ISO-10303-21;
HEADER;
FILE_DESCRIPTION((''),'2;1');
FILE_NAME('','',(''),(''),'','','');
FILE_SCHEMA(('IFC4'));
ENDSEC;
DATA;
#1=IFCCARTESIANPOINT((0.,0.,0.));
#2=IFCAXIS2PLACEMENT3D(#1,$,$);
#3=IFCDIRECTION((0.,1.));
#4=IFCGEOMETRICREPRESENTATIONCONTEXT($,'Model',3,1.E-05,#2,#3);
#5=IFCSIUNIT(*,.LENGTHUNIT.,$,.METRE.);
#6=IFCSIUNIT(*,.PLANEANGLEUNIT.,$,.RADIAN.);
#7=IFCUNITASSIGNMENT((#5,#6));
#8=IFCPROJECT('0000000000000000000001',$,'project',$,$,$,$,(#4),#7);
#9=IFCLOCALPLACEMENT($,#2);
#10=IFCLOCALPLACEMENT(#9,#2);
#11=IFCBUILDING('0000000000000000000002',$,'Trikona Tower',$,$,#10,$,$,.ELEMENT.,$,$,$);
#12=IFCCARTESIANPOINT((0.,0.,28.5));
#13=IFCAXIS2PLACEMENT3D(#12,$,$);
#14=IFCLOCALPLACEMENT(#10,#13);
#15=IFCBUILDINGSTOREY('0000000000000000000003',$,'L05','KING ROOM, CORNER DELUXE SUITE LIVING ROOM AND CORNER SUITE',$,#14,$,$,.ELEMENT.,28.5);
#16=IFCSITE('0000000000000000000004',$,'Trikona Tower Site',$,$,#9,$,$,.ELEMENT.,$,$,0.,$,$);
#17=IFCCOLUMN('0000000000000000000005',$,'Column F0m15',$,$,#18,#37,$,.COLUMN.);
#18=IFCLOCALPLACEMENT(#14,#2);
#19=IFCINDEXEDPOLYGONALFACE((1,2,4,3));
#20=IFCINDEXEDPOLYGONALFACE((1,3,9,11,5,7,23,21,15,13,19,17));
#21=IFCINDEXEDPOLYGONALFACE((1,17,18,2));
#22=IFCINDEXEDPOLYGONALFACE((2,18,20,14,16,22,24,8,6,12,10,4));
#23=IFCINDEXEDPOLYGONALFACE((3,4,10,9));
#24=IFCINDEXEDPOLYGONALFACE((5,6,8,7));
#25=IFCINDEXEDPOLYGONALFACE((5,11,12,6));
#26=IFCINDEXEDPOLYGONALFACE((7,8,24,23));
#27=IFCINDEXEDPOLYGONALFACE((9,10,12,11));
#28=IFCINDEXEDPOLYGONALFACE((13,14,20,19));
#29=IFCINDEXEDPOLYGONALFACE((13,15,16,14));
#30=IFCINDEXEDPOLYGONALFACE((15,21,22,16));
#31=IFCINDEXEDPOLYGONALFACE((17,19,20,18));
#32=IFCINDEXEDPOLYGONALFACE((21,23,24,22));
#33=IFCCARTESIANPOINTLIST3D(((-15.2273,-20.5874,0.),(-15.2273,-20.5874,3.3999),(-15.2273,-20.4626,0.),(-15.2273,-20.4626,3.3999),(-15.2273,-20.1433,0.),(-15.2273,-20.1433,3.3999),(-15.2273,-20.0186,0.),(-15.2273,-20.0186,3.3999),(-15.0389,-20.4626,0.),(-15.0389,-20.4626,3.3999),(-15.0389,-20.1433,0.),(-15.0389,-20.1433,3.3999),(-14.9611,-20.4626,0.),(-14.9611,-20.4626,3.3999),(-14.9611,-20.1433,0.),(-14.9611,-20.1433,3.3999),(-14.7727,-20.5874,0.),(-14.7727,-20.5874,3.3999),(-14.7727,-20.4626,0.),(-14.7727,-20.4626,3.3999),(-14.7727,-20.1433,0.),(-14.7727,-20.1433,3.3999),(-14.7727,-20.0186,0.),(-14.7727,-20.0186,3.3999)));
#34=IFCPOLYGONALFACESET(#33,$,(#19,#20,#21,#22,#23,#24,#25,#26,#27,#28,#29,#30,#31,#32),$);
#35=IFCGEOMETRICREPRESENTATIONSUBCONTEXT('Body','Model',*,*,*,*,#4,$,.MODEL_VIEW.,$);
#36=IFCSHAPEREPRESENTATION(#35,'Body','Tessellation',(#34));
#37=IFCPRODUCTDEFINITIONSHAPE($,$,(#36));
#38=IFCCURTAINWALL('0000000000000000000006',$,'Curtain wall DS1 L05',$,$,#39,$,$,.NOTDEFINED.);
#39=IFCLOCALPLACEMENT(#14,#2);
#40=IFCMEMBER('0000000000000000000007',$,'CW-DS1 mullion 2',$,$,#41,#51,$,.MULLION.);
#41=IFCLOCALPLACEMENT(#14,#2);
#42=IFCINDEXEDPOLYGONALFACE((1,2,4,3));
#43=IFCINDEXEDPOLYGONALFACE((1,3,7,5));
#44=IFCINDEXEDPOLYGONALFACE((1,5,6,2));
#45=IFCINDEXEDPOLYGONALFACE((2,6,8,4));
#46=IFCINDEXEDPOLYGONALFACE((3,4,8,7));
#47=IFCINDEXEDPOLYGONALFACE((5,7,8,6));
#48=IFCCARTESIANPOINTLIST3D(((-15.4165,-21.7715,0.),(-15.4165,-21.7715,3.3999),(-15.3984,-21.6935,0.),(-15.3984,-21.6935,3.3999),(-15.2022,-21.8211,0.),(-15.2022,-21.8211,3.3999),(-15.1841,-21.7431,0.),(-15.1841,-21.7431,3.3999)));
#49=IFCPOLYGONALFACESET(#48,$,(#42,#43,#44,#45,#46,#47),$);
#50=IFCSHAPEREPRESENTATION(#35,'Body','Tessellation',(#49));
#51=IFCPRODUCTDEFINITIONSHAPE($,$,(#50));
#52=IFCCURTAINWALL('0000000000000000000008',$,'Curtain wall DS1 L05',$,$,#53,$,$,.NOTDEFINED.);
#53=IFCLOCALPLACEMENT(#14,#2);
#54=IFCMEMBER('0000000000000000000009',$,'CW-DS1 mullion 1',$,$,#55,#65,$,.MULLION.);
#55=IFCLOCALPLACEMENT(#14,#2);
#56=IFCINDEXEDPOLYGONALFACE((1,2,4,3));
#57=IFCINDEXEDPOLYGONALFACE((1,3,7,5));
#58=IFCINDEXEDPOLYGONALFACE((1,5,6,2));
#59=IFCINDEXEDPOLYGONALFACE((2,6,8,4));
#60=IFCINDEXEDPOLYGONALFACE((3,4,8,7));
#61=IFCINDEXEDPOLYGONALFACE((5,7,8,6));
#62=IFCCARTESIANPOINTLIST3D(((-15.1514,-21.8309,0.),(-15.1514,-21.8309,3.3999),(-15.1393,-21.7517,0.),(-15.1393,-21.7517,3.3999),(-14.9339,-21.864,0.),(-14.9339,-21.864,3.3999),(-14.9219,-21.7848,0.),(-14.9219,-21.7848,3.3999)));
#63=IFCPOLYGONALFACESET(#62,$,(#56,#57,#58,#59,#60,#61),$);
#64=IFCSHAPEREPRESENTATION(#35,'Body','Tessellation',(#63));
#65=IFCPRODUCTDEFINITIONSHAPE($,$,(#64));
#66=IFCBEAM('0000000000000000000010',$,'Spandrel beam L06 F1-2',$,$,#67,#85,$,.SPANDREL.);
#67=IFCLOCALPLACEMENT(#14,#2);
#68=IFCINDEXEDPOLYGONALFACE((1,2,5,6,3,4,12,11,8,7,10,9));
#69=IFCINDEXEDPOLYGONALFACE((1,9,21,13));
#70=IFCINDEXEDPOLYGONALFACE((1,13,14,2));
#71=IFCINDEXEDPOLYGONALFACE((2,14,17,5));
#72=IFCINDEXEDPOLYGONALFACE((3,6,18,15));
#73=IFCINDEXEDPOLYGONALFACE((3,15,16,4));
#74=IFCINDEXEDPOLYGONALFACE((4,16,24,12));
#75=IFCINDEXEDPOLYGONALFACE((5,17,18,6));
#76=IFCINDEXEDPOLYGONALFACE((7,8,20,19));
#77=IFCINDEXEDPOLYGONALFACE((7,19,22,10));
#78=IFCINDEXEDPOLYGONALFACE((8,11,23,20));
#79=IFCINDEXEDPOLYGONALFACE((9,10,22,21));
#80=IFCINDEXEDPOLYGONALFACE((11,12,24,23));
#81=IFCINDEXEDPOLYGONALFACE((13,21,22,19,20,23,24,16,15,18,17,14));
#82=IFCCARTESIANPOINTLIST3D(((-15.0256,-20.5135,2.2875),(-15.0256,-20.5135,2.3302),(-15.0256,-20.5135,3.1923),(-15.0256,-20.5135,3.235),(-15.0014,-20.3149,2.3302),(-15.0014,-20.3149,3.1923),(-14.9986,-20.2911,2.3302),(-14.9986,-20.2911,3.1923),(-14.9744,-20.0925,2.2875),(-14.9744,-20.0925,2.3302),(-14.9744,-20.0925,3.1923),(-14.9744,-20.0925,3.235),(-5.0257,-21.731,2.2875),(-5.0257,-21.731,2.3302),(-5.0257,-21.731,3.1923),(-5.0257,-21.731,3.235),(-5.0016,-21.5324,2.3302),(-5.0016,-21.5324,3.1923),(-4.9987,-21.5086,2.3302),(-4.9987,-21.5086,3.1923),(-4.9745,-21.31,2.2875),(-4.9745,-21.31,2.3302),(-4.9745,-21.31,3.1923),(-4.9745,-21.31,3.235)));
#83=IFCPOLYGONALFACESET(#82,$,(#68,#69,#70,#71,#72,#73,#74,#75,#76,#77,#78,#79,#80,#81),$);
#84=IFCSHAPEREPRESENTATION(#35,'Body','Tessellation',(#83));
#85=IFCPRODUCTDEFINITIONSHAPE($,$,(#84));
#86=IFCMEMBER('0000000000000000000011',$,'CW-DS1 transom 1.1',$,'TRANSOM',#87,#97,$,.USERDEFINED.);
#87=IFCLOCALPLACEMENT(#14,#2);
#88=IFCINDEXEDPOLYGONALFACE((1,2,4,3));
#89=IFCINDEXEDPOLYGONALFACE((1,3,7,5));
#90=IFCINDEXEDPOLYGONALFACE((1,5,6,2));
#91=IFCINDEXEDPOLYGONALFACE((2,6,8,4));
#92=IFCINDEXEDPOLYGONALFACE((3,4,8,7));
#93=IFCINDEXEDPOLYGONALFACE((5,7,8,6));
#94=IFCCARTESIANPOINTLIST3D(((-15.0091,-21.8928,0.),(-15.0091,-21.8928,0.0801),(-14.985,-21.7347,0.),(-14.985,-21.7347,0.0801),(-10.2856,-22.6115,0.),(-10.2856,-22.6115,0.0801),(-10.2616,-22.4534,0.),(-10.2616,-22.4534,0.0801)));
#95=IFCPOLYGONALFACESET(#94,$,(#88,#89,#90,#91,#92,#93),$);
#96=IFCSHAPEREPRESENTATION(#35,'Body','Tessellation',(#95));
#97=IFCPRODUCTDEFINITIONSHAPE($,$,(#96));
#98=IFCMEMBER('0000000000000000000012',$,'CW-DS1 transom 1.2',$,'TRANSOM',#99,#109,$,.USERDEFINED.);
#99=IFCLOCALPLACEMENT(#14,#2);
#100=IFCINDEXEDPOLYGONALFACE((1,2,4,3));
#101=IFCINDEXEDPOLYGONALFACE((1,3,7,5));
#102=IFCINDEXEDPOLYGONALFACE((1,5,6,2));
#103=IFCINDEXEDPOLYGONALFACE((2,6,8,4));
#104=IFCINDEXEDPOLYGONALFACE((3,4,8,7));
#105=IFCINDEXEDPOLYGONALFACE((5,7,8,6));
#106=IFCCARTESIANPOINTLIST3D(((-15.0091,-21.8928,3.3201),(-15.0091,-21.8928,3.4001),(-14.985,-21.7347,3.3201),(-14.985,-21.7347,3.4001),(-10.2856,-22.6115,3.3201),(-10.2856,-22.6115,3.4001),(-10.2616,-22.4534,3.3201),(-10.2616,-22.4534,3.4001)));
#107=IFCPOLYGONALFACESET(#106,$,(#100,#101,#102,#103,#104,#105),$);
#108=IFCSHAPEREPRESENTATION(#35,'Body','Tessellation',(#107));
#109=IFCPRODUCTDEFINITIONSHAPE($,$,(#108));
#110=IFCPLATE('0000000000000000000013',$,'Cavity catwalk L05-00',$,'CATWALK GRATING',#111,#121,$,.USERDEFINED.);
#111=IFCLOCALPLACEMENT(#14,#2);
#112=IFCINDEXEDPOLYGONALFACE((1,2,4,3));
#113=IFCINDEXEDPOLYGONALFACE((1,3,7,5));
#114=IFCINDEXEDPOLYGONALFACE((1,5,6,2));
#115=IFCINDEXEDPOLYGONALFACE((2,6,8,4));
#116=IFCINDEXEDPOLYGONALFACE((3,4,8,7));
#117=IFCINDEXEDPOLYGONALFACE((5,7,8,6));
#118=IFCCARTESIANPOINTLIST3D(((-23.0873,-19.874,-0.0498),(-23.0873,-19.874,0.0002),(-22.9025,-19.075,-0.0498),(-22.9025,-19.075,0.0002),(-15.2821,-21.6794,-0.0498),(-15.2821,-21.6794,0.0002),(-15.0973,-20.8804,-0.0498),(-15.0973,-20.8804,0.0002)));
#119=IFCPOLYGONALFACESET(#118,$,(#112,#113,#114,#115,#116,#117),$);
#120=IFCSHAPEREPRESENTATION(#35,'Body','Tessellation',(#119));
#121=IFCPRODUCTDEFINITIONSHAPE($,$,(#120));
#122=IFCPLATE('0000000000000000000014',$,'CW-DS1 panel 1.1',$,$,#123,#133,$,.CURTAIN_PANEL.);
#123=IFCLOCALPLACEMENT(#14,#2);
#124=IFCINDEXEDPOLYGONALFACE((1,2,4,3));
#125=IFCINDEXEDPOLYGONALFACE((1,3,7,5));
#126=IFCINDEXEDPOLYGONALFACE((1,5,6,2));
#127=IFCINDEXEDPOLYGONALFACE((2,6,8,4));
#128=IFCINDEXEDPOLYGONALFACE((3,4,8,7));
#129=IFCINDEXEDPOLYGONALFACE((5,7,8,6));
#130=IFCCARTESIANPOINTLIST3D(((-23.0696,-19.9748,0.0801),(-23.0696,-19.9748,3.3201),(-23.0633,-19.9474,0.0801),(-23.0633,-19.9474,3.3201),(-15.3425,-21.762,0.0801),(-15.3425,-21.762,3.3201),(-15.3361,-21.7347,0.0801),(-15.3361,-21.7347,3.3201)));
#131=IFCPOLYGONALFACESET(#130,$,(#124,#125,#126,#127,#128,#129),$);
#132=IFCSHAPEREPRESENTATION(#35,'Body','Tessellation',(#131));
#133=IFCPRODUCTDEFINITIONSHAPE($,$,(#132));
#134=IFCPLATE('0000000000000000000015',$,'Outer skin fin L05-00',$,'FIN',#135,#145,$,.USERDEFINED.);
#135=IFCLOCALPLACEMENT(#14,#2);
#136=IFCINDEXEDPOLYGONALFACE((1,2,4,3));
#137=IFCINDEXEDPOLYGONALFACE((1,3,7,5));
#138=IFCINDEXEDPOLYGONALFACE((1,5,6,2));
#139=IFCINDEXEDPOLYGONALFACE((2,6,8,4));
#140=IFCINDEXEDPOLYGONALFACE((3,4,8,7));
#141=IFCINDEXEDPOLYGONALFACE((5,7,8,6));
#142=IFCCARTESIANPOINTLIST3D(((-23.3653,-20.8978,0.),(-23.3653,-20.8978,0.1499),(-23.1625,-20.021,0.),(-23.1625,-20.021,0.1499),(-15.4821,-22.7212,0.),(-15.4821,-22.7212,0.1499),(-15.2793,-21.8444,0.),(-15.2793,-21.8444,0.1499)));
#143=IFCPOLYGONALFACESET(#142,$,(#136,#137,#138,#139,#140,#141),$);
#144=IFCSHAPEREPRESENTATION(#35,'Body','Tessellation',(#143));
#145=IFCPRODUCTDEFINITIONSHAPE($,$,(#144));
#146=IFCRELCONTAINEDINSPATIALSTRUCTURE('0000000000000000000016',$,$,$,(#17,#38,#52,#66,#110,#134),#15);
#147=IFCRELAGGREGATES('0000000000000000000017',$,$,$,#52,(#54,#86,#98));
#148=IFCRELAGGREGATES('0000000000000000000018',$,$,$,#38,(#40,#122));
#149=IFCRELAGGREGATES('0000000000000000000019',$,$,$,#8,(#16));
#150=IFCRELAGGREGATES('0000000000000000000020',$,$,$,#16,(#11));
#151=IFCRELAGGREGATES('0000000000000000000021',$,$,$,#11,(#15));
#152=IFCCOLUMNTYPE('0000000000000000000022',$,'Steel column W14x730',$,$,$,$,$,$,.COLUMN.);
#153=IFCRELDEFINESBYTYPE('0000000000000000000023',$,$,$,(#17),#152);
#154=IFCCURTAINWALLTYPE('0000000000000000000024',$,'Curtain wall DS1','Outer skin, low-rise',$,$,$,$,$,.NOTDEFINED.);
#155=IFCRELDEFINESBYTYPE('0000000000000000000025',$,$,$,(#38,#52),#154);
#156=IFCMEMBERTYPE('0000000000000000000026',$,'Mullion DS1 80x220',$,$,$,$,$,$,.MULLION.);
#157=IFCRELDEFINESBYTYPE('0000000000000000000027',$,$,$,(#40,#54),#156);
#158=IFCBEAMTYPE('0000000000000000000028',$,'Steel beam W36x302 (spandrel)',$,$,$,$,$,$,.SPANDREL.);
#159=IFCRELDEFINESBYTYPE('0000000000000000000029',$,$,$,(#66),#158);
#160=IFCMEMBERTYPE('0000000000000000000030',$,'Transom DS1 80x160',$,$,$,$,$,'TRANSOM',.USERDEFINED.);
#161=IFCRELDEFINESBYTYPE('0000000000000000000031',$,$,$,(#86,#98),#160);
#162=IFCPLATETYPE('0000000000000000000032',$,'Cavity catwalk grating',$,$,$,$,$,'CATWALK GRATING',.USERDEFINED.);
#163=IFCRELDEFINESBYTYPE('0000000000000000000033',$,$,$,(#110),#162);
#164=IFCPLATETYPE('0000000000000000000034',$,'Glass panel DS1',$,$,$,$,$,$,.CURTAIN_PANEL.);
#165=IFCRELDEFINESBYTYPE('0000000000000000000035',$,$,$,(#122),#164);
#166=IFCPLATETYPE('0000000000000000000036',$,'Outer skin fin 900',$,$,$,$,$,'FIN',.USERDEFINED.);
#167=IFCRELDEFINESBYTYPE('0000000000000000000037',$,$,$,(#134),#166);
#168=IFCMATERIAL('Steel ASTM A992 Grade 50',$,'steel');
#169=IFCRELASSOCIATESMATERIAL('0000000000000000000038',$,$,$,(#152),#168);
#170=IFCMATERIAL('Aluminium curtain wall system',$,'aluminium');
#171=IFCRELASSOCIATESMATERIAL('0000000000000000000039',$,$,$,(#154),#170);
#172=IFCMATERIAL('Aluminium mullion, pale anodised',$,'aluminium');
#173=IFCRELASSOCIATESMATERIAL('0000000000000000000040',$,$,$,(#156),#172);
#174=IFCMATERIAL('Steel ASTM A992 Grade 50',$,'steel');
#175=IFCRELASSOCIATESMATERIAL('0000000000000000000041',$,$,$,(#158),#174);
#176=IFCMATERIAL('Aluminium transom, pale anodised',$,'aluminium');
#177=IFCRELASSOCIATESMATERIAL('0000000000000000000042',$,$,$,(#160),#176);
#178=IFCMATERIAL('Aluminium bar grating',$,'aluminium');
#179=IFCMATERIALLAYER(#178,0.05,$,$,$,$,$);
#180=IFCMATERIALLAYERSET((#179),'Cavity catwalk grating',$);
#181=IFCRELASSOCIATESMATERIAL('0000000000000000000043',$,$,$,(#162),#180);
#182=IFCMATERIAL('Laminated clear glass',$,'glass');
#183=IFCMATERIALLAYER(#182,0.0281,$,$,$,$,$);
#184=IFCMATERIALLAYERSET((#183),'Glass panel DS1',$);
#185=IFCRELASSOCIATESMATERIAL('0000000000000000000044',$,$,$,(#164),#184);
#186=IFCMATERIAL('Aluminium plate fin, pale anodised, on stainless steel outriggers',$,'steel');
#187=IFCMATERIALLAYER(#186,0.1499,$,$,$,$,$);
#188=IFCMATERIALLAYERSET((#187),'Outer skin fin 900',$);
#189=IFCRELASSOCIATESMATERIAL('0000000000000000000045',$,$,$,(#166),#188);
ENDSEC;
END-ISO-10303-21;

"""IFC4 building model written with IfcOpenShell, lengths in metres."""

from ifc_helpers import new_model, si_unit, direction, frame, origin, origin_2d, place, context, subcontext, project, spatial, rectangle, i_section, extrude, material, layer, layer_set, material_profile, profile_set, type_object, element, aggregate, save


model = new_model("IFC4")

# Units and contexts
model_context = context("Model", 3, precision=1e-05, world=origin(), true_north=direction((0.0, 1.0)))
body_context = subcontext(model_context, "Body", "Model", "MODEL_VIEW")
ifc_project = project(units=[si_unit("LENGTHUNIT", "METRE"), si_unit("PLANEANGLEUNIT", "RADIAN")], contexts=[model_context])

# Site, building, storey
site_placement = place(None, origin())
site = spatial("IfcSite", under=ifc_project, at=site_placement, Name="Trikona Tower Site", CompositionType="ELEMENT", RefElevation=0.0)
building_placement = place(site_placement, origin())
building = spatial("IfcBuilding", under=site, at=building_placement, Name="Trikona Tower", CompositionType="ELEMENT")
storey_placement = place(building_placement, frame((0.0, 0.0, 28.5)))
storey = spatial("IfcBuildingStorey", under=building, at=storey_placement, Name="L05", Description="KING ROOM, CORNER DELUXE SUITE LIVING ROOM AND CORNER SUITE", CompositionType="ELEMENT", Elevation=28.5)

# Column
ifc_material_1 = material(Name="Steel ASTM A992 Grade 50", Category="steel")
ifc_material_profile_1 = material_profile(ifc_material_1, i_section(OverallWidth=0.4546, OverallDepth=0.5688, WebThickness=0.0779, FlangeThickness=0.1248, at=origin_2d()), Name="W14X730")
ifc_profile_set_1 = profile_set([ifc_material_profile_1], Name="Steel ASTM A992 Grade 50")
column_type = type_object("IfcColumnType", Name="Steel column W14x730", PredefinedType="COLUMN", material=ifc_profile_set_1)
column_placement = place(storey_placement, frame((-15.0, -20.303, 0.0), z_axis=(0.0, 0.0, 1.0), x_axis=(1.0, 0.0, 0.0)))
element("IfcColumn", 1, at=column_placement, inside=storey, type_object=column_type, Name="Column F0m15", PredefinedType="COLUMN", context=body_context, shape_type="SweptSolid", body=[
    extrude(i_section(OverallWidth=0.4546, OverallDepth=0.5688, WebThickness=0.0779, FlangeThickness=0.1248, at=origin_2d()), origin(), (0.0, 0.0, 1.0), 3.3999),
])

# Curtain walls, members
ifc_material_2 = material(Name="Aluminium curtain wall system", Category="aluminium")
curtain_wall_type = type_object("IfcCurtainWallType", Name="Curtain wall DS1", Description="Outer skin, low-rise", PredefinedType="NOTDEFINED", material=ifc_material_2)
curtain_wall_1_placement = place(storey_placement, origin())
curtain_wall_1 = element("IfcCurtainWall", 2, at=curtain_wall_1_placement, inside=storey, type_object=curtain_wall_type, Name="Curtain wall DS1 L05", PredefinedType="NOTDEFINED")
ifc_material_3 = material(Name="Aluminium mullion, pale anodised", Category="aluminium")
ifc_material_profile_2 = material_profile(ifc_material_3, rectangle(XDim=0.0801, YDim=0.22, at=origin_2d()), Name="MUL-DS1")
ifc_profile_set_2 = profile_set([ifc_material_profile_2], Name="Aluminium mullion, pale anodised")
member_type_1 = type_object("IfcMemberType", Name="Mullion DS1 80x220", PredefinedType="MULLION", material=ifc_profile_set_2)
member_1_placement = place(storey_placement, frame((-15.3003, -21.7573, 0.0), z_axis=(0.0, 0.0, 1.0), x_axis=(0.225343, 0.974279, 0.0)))
member_1 = element("IfcMember", 3, at=member_1_placement, type_object=member_type_1, Name="CW-DS1 mullion 2", PredefinedType="MULLION", context=body_context, shape_type="SweptSolid", body=[
    extrude(rectangle(XDim=0.0801, YDim=0.22, at=origin_2d()), origin(), (0.0, 0.0, 1.0), 3.3999),
])
curtain_wall_2_placement = place(storey_placement, origin())
curtain_wall_2 = element("IfcCurtainWall", 4, at=curtain_wall_2_placement, inside=storey, type_object=curtain_wall_type, Name="Curtain wall DS1 L05", PredefinedType="NOTDEFINED")
member_2_placement = place(storey_placement, frame((-15.0366, -21.8079, 0.0), z_axis=(0.0, 0.0, 1.0), x_axis=(0.150438, 0.988619, 0.0)))
member_2 = element("IfcMember", 5, at=member_2_placement, type_object=member_type_1, Name="CW-DS1 mullion 1", PredefinedType="MULLION", context=body_context, shape_type="SweptSolid", body=[
    extrude(rectangle(XDim=0.0801, YDim=0.22, at=origin_2d()), origin(), (0.0, 0.0, 1.0), 3.3999),
])

# Beam
ifc_material_4 = material(Name="Steel ASTM A992 Grade 50", Category="steel")
ifc_material_profile_3 = material_profile(ifc_material_4, i_section(OverallWidth=0.4241, OverallDepth=0.9475, WebThickness=0.0239, FlangeThickness=0.0427, at=origin_2d()), Name="W36X302")
ifc_profile_set_3 = profile_set([ifc_material_profile_3], Name="Steel ASTM A992 Grade 50")
beam_type = type_object("IfcBeamType", Name="Steel beam W36x302 (spandrel)", PredefinedType="SPANDREL", material=ifc_profile_set_3)
beam_placement = place(storey_placement, frame((-15.0, -20.303, 2.7612), z_axis=(0.99267, -0.12086, 0.0), x_axis=(0.12086, 0.99267, 0.0)))
element("IfcBeam", 6, at=beam_placement, inside=storey, type_object=beam_type, Name="Spandrel beam L06 F1-2", PredefinedType="SPANDREL", context=body_context, shape_type="SweptSolid", body=[
    extrude(i_section(OverallWidth=0.4241, OverallDepth=0.9475, WebThickness=0.0239, FlangeThickness=0.0427, at=origin_2d()), origin(), (0.0, 0.0, 1.0), 10.0737),
])

# Members
ifc_material_5 = material(Name="Aluminium transom, pale anodised", Category="aluminium")
ifc_material_profile_4 = material_profile(ifc_material_5, rectangle(XDim=0.1599, YDim=0.0801, at=origin_2d()), Name="TRN-DS1")
ifc_profile_set_4 = profile_set([ifc_material_profile_4], Name="Aluminium transom, pale anodised")
member_type_2 = type_object("IfcMemberType", Name="Transom DS1 80x160", ElementType="TRANSOM", PredefinedType="USERDEFINED", material=ifc_profile_set_4)
member_3_placement = place(storey_placement, frame((-14.9971, -21.8137, 0.04), z_axis=(0.98862, -0.150437, 0.0), x_axis=(0.150437, 0.98862, 0.0)))
member_3 = element("IfcMember", 7, at=member_3_placement, type_object=member_type_2, Name="CW-DS1 transom 1.1", ObjectType="TRANSOM", PredefinedType="USERDEFINED", context=body_context, shape_type="SweptSolid", body=[
    extrude(rectangle(XDim=0.1599, YDim=0.0801, at=origin_2d()), origin(), (0.0, 0.0, 1.0), 4.7778),
])
member_4_placement = place(storey_placement, frame((-14.9971, -21.8137, 3.3601), z_axis=(0.98862, -0.150437, 0.0), x_axis=(0.150437, 0.98862, 0.0)))
member_4 = element("IfcMember", 8, at=member_4_placement, type_object=member_type_2, Name="CW-DS1 transom 1.2", ObjectType="TRANSOM", PredefinedType="USERDEFINED", context=body_context, shape_type="SweptSolid", body=[
    extrude(rectangle(XDim=0.1599, YDim=0.0801, at=origin_2d()), origin(), (0.0, 0.0, 1.0), 4.7778),
])
aggregate(curtain_wall_2, [member_2, member_3, member_4])

# Plates
ifc_material_6 = material(Name="Aluminium bar grating", Category="aluminium")
ifc_layer_1 = layer(ifc_material_6, 0.05)
ifc_layer_set_1 = layer_set([ifc_layer_1], Name="Cavity catwalk grating")
plate_type_1 = type_object("IfcPlateType", Name="Cavity catwalk grating", ElementType="CATWALK GRATING", PredefinedType="USERDEFINED", material=ifc_layer_set_1)
plate_1_placement = place(storey_placement, frame((-19.0923, -20.3772, -0.0498), z_axis=(0.0, 0.0, 1.0), x_axis=(0.974278, -0.225351, 0.0)))
element("IfcPlate", 9, at=plate_1_placement, inside=storey, type_object=plate_type_1, Name="Cavity catwalk L05-00", ObjectType="CATWALK GRATING", PredefinedType="USERDEFINED", context=body_context, shape_type="SweptSolid", body=[
    extrude(rectangle(XDim=8.0112, YDim=0.8201, at=origin_2d()), origin(), (0.0, 0.0, 1.0), 0.05),
])
ifc_material_7 = material(Name="Laminated clear glass", Category="glass")
ifc_layer_2 = layer(ifc_material_7, 0.0281)
ifc_layer_set_2 = layer_set([ifc_layer_2], Name="Glass panel DS1")
plate_type_2 = type_object("IfcPlateType", Name="Glass panel DS1", PredefinedType="CURTAIN_PANEL", material=ifc_layer_set_2)
plate_2_placement = place(storey_placement, frame((-19.2029, -20.8547, 0.0801), z_axis=(0.0, 0.0, 1.0), x_axis=(0.974279, -0.225343, 0.0)))
plate_2 = element("IfcPlate", 10, at=plate_2_placement, type_object=plate_type_2, Name="CW-DS1 panel 1.1", PredefinedType="CURTAIN_PANEL", context=body_context, shape_type="SweptSolid", body=[
    extrude(rectangle(XDim=7.9312, YDim=0.0281, at=origin_2d()), origin(), (0.0, 0.0, 1.0), 3.24),
])
aggregate(curtain_wall_1, [member_1, plate_2])
ifc_material_8 = material(Name="Aluminium plate fin, pale anodised, on stainless steel outriggers", Category="steel")
ifc_layer_3 = layer(ifc_material_8, 0.1499)
ifc_layer_set_3 = layer_set([ifc_layer_3], Name="Outer skin fin 900")
plate_type_3 = type_object("IfcPlateType", Name="Outer skin fin 900", ElementType="FIN", PredefinedType="USERDEFINED", material=ifc_layer_set_3)
plate_3_placement = place(storey_placement, frame((-19.3223, -21.3711, 0.0), z_axis=(0.0, 0.0, 1.0), x_axis=(0.974278, -0.225351, 0.0)))
element("IfcPlate", 11, at=plate_3_placement, inside=storey, type_object=plate_type_3, Name="Outer skin fin L05-00", ObjectType="FIN", PredefinedType="USERDEFINED", context=body_context, shape_type="SweptSolid", body=[
    extrude(rectangle(XDim=8.0913, YDim=0.8999, at=origin_2d()), origin(), (0.0, 0.0, 1.0), 0.1499),
])

save(model, "model.ifc")
